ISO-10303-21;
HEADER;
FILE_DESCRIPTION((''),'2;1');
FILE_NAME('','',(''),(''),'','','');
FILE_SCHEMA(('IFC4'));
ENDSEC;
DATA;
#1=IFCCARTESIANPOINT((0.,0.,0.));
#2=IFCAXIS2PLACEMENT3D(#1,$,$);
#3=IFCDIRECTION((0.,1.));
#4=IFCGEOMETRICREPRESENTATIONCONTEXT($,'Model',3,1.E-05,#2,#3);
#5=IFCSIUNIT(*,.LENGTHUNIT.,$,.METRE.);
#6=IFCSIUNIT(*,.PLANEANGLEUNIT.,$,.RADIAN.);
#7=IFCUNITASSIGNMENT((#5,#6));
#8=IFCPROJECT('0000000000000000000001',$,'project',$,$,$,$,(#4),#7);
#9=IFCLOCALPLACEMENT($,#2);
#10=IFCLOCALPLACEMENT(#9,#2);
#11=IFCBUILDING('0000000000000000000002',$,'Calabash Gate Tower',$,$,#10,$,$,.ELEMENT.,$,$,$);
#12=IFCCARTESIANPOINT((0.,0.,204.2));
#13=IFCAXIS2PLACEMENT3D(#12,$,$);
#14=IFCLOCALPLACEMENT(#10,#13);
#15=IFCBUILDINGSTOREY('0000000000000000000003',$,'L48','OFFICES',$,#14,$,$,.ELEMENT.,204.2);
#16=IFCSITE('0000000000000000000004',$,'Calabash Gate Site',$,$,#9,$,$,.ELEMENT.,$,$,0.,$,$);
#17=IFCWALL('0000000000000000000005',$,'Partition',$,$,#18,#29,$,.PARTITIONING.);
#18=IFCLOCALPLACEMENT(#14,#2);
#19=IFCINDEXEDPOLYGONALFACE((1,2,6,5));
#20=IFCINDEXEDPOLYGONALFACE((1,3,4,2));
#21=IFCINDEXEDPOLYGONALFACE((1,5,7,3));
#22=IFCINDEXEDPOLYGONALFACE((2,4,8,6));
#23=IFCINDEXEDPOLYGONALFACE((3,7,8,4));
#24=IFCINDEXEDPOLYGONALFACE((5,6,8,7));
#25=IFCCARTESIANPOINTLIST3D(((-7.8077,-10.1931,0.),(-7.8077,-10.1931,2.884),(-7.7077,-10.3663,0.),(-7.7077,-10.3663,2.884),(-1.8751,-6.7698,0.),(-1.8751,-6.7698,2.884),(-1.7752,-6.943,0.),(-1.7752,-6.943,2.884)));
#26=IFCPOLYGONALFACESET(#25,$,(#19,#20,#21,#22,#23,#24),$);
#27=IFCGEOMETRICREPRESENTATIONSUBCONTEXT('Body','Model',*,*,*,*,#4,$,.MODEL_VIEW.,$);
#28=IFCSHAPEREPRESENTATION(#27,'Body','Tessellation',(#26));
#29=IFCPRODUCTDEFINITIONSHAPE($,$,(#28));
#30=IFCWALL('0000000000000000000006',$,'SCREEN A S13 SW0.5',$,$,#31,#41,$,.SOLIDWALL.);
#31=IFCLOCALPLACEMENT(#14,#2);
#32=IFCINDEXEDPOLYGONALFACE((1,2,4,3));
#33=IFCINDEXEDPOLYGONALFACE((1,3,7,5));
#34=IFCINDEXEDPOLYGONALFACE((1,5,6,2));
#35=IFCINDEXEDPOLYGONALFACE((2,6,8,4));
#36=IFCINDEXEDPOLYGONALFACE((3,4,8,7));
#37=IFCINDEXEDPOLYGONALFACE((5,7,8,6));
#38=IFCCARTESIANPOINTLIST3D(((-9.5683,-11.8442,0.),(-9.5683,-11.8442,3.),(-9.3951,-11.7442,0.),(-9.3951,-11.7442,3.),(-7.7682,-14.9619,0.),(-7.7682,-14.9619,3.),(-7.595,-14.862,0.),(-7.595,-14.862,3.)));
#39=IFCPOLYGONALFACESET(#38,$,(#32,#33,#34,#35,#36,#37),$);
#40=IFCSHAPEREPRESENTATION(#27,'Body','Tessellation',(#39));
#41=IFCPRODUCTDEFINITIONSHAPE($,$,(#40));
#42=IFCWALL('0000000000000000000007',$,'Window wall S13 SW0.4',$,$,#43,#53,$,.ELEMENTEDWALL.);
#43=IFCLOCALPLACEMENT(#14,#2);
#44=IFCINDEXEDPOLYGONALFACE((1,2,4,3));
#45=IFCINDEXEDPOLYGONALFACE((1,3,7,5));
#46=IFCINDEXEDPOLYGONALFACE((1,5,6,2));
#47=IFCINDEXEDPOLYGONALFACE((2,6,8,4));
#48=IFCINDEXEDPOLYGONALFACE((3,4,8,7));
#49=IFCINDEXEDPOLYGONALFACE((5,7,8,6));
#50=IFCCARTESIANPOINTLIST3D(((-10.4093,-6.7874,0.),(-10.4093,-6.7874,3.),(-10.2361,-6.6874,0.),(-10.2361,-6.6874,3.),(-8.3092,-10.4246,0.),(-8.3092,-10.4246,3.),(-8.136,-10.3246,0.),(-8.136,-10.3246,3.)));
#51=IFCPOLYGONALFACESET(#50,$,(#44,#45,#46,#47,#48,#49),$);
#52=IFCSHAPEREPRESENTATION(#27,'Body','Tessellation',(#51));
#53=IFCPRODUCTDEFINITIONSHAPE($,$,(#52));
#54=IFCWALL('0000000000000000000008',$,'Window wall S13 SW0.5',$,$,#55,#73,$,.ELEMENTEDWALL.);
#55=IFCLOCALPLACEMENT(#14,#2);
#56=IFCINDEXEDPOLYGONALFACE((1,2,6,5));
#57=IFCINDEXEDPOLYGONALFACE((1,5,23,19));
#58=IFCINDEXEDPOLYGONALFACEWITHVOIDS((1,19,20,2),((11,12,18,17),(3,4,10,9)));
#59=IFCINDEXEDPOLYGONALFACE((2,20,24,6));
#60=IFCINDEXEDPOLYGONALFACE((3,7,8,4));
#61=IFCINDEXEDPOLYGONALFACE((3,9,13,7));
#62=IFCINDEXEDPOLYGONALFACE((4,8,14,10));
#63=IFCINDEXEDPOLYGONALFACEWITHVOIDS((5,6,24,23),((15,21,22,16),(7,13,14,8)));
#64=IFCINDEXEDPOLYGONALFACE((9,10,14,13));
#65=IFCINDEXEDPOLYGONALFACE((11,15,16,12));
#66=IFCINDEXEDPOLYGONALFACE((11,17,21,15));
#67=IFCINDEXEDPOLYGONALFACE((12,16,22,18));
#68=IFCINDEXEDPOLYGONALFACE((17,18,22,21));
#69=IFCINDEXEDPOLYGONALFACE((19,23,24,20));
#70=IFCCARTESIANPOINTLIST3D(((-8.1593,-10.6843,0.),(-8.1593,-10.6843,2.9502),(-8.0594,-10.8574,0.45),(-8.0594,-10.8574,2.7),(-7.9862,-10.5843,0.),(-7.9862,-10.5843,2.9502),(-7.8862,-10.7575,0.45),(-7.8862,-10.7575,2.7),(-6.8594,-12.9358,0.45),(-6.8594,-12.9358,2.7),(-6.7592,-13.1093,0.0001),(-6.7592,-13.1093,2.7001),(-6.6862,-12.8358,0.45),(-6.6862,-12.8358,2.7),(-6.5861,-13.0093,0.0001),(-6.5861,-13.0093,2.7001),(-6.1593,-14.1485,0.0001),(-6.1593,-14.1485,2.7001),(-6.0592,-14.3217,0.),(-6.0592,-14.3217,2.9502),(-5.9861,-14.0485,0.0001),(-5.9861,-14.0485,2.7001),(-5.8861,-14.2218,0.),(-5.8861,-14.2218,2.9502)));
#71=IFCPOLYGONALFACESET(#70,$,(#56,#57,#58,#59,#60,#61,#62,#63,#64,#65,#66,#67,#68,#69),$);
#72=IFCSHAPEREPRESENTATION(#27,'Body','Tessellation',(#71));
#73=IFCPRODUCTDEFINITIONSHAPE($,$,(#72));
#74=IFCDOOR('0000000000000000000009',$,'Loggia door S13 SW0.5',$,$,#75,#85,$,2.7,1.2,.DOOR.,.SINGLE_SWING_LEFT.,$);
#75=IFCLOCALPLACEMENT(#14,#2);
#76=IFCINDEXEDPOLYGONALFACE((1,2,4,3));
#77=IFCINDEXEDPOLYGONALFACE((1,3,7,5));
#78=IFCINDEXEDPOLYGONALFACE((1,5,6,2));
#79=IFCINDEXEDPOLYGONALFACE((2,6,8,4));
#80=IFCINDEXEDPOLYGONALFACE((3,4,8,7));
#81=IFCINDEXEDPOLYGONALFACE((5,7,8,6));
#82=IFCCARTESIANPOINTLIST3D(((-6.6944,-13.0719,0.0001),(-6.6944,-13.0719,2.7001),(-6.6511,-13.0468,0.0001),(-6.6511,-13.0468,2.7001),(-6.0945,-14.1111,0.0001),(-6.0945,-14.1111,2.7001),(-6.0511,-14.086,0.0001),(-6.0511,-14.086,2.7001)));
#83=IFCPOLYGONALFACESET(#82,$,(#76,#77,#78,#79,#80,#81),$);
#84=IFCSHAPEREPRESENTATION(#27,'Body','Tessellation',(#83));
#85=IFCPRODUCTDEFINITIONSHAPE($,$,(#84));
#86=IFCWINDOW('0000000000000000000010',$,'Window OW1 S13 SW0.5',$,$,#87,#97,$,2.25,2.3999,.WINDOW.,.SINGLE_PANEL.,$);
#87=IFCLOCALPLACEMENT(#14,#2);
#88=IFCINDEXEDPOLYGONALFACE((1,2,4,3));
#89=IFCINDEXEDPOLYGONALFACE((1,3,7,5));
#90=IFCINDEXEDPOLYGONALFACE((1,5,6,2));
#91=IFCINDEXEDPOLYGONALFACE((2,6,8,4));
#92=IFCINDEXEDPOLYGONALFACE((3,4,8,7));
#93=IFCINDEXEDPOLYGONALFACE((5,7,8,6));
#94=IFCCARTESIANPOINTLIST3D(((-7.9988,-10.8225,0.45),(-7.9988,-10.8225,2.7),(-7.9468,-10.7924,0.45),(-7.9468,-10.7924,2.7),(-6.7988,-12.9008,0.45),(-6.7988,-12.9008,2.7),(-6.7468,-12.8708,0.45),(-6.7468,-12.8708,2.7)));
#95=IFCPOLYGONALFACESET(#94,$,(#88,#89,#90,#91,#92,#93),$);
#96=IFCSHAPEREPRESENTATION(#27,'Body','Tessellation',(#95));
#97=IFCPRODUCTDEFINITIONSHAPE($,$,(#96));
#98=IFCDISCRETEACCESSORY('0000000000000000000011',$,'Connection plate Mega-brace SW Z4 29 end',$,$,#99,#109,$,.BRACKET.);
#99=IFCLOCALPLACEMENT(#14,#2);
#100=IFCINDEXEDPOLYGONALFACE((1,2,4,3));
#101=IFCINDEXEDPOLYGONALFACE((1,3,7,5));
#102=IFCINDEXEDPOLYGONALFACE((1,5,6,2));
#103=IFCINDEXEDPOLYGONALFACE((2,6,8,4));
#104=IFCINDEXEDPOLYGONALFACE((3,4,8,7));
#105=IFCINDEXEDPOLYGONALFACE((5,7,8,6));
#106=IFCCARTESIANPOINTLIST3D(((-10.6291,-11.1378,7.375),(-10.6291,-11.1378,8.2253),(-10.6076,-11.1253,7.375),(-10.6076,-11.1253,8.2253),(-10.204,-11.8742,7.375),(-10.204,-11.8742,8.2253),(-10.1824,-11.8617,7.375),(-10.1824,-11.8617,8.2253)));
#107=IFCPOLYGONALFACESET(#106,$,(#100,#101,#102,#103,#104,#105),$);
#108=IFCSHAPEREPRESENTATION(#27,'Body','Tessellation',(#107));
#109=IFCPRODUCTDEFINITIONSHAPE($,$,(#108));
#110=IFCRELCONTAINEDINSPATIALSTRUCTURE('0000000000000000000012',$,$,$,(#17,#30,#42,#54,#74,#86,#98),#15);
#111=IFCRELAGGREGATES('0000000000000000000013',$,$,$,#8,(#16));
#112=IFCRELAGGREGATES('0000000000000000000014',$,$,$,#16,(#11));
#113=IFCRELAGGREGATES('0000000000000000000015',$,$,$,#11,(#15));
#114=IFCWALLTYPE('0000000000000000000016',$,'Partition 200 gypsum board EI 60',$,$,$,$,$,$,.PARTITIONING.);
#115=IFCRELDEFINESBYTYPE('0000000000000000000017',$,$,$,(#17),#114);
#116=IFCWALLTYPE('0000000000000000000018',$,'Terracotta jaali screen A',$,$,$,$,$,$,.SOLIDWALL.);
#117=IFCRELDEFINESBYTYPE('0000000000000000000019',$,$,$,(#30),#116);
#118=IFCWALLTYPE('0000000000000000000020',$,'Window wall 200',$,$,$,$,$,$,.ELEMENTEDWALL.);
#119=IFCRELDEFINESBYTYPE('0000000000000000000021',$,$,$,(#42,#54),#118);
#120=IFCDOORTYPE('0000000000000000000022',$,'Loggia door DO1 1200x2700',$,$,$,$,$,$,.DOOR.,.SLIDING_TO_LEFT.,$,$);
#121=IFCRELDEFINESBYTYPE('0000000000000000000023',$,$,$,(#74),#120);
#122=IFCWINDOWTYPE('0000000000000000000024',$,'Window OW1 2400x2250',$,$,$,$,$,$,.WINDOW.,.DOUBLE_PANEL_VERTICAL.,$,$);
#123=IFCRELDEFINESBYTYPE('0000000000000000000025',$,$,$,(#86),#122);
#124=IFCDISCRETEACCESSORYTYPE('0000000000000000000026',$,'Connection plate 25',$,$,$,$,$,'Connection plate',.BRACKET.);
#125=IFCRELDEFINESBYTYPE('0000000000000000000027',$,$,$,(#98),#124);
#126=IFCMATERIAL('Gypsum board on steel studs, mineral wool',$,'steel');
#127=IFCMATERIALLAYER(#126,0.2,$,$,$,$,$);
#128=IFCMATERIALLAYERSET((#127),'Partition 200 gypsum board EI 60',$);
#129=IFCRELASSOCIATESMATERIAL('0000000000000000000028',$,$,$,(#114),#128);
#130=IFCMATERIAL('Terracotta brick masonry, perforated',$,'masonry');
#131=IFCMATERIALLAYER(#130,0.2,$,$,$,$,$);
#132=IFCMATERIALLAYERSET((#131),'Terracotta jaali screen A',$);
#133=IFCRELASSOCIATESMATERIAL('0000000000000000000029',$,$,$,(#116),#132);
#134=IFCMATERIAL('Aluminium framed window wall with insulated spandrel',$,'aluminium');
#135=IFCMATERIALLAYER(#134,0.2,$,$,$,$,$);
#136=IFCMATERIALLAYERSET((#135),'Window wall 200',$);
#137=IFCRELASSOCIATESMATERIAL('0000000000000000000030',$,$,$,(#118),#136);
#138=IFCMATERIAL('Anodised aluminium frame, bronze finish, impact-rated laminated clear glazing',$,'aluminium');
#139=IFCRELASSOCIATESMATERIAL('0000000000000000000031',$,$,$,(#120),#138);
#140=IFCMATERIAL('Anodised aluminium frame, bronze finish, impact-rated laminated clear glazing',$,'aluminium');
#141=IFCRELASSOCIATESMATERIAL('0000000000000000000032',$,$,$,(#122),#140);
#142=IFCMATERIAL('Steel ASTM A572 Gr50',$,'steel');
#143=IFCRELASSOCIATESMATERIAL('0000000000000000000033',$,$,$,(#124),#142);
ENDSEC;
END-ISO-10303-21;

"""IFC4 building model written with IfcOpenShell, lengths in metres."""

from ifc_helpers import new_model, si_unit, direction, frame, frame_2d, origin, origin_2d, place, context, subcontext, project, spatial, rectangle, extrude, material, layer, layer_set, type_object, element, fill, save


model = new_model("IFC4")

# Units and contexts
model_context = context("Model", 3, precision=1e-05, world=origin(), true_north=direction((0.0, 1.0)))
body_context = subcontext(model_context, "Body", "Model", "MODEL_VIEW")
ifc_project = project(units=[si_unit("LENGTHUNIT", "METRE"), si_unit("PLANEANGLEUNIT", "RADIAN")], contexts=[model_context])

# Site, building, storey
site_placement = place(None, origin())
site = spatial("IfcSite", under=ifc_project, at=site_placement, Name="Calabash Gate Site", CompositionType="ELEMENT", RefElevation=0.0)
building_placement = place(site_placement, origin())
building = spatial("IfcBuilding", under=site, at=building_placement, Name="Calabash Gate Tower", CompositionType="ELEMENT")
storey_placement = place(building_placement, frame((0.0, 0.0, 204.2)))
storey = spatial("IfcBuildingStorey", under=building, at=storey_placement, Name="L48", Description="OFFICES", CompositionType="ELEMENT", Elevation=204.2)

# Shared definitions
ifc_material_1 = material(Name="Gypsum board on steel studs, mineral wool", Category="steel")
ifc_layer_1 = layer(ifc_material_1, 0.2)
ifc_layer_set_1 = layer_set([ifc_layer_1], Name="Partition 200 gypsum board EI 60")
wall_type_1 = type_object("IfcWallType", Name="Partition 200 gypsum board EI 60", PredefinedType="PARTITIONING", material=ifc_layer_set_1)

# Walls
wall_1_placement = place(storey_placement, frame((-7.7578, -10.2798, 0.0), z_axis=(0.0, 0.0, 1.0), x_axis=(0.866143, 0.499797, 0.0)))
element("IfcWall", 1, at=wall_1_placement, inside=storey, type_object=wall_type_1, Name="Partition", PredefinedType="PARTITIONING", context=body_context, shape_type="SweptSolid", body=[
    extrude(rectangle(XDim=6.8494, YDim=0.2, at=frame_2d((3.4248, 0.0))), origin(), (0.0, 0.0, 1.0), 2.884),
])
ifc_material_2 = material(Name="Terracotta brick masonry, perforated", Category="masonry")
ifc_layer_2 = layer(ifc_material_2, 0.2)
ifc_layer_set_2 = layer_set([ifc_layer_2], Name="Terracotta jaali screen A")
wall_type_2 = type_object("IfcWallType", Name="Terracotta jaali screen A", PredefinedType="SOLIDWALL", material=ifc_layer_set_2)
wall_2_placement = place(storey_placement, frame((-9.4817, -11.7942, 0.0), z_axis=(0.0, 0.0, 1.0), x_axis=(0.500012, -0.866018, 0.0)))
element("IfcWall", 2, at=wall_2_placement, inside=storey, type_object=wall_type_2, Name="SCREEN A S13 SW0.5", PredefinedType="SOLIDWALL", context=body_context, shape_type="SweptSolid", body=[
    extrude(rectangle(XDim=3.6001, YDim=0.2, at=frame_2d((1.8, 0.0))), origin(), (0.0, 0.0, 1.0), 3.0),
])
ifc_material_3 = material(Name="Aluminium framed window wall with insulated spandrel", Category="aluminium")
ifc_layer_3 = layer(ifc_material_3, 0.2)
ifc_layer_set_3 = layer_set([ifc_layer_3], Name="Window wall 200")
wall_type_3 = type_object("IfcWallType", Name="Window wall 200", PredefinedType="ELEMENTEDWALL", material=ifc_layer_set_3)
wall_3_placement = place(storey_placement, frame((-10.3228, -6.7373, 0.0), z_axis=(0.0, 0.0, 1.0), x_axis=(0.500028, -0.866009, 0.0)))
element("IfcWall", 3, at=wall_3_placement, inside=storey, type_object=wall_type_3, Name="Window wall S13 SW0.4", PredefinedType="ELEMENTEDWALL", context=body_context, shape_type="SweptSolid", body=[
    extrude(rectangle(XDim=4.2, YDim=0.2, at=frame_2d((2.1001, 0.0))), origin(), (0.0, 0.0, 1.0), 3.0),
])

# Wall, openings, door, window
wall_4_placement = place(storey_placement, frame((-8.0728, -10.6343, 0.0), z_axis=(0.0, 0.0, 1.0), x_axis=(0.500003, -0.866024, 0.0)))
wall_4 = element("IfcWall", 4, at=wall_4_placement, inside=storey, type_object=wall_type_3, Name="Window wall S13 SW0.5", PredefinedType="ELEMENTEDWALL", context=body_context, shape_type="SweptSolid", body=[
    extrude(rectangle(XDim=4.2002, YDim=0.2, at=frame_2d((2.1001, 0.0))), origin(), (0.0, 0.0, 1.0), 2.9502),
])
opening_1_placement = place(wall_4_placement, frame((0.2, 0.0, 0.45)))
opening_1 = element("IfcOpeningElement", 5, at=opening_1_placement, cuts=wall_4, PredefinedType="OPENING", context=body_context, shape_type="SweptSolid", body=[
    extrude(rectangle(XDim=2.3999, YDim=2.25, at=frame_2d((1.2, 1.125))), frame((0.0, 0.1099, 0.0), z_axis=(0.0, -1.0, 0.0), x_axis=(1.0, 0.0, 0.0)), (0.0, 0.0, 1.0), 0.22),
])
opening_2_placement = place(wall_4_placement, frame((2.8, 0.0, 0.0)))
opening_2 = element("IfcOpeningElement", 6, at=opening_2_placement, cuts=wall_4, PredefinedType="OPENING", context=body_context, shape_type="SweptSolid", body=[
    extrude(rectangle(XDim=1.2, YDim=2.7, at=frame_2d((0.6001, 1.3501))), frame((0.0, 0.1099, 0.0), z_axis=(0.0, -1.0, 0.0), x_axis=(1.0, 0.0, 0.0)), (0.0, 0.0, 1.0), 0.22),
])
ifc_material_4 = material(Name="Anodised aluminium frame, bronze finish, impact-rated laminated clear glazing", Category="aluminium")
door_type_1 = type_object("IfcDoorType", Name="Loggia door DO1 1200x2700", OperationType="SLIDING_TO_LEFT", PredefinedType="DOOR", material=ifc_material_4)
door_1_placement = place(opening_2_placement, origin())
door_1 = element("IfcDoor", 7, at=door_1_placement, inside=storey, type_object=door_type_1, Name="Loggia door S13 SW0.5", OperationType="SINGLE_SWING_LEFT", OverallHeight=2.7, OverallWidth=1.2, PredefinedType="DOOR", context=body_context, shape_type="SweptSolid", body=[
    extrude(rectangle(XDim=1.2, YDim=2.7, at=frame_2d((0.6001, 1.3501))), frame((0.0, 0.0249, 0.0), z_axis=(0.0, -1.0, 0.0), x_axis=(1.0, 0.0, 0.0)), (0.0, 0.0, 1.0), 0.05),
])
fill(opening_2, door_1)
ifc_material_5 = material(Name="Anodised aluminium frame, bronze finish, impact-rated laminated clear glazing", Category="aluminium")
window_type = type_object("IfcWindowType", Name="Window OW1 2400x2250", PartitioningType="DOUBLE_PANEL_VERTICAL", PredefinedType="WINDOW", material=ifc_material_5)
window_placement = place(opening_1_placement, origin())
window = element("IfcWindow", 8, at=window_placement, inside=storey, type_object=window_type, Name="Window OW1 S13 SW0.5", OverallHeight=2.25, OverallWidth=2.3999, PartitioningType="SINGLE_PANEL", PredefinedType="WINDOW", context=body_context, shape_type="SweptSolid", body=[
    extrude(rectangle(XDim=2.3999, YDim=2.25, at=frame_2d((1.2, 1.125))), frame((0.0, 0.03, 0.0), z_axis=(0.0, -1.0, 0.0), x_axis=(1.0, 0.0, 0.0)), (0.0, 0.0, 1.0), 0.0601),
])
fill(opening_1, window)

# Discrete accessory
ifc_material_6 = material(Name="Steel ASTM A572 Gr50", Category="steel")
discrete_accessory_type = type_object("IfcDiscreteAccessoryType", Name="Connection plate 25", ElementType="Connection plate", PredefinedType="BRACKET", material=ifc_material_6)
discrete_accessory_placement = place(storey_placement, frame((-10.4058, -11.4998, 7.375), z_axis=(0.0, 0.0, 1.0), x_axis=(0.5, -0.866025, 0.0)))
element("IfcDiscreteAccessory", 9, at=discrete_accessory_placement, inside=storey, type_object=discrete_accessory_type, Name="Connection plate Mega-brace SW Z4 29 end", PredefinedType="BRACKET", context=body_context, shape_type="SweptSolid", body=[
    extrude(rectangle(XDim=0.8503, YDim=0.0249, at=origin_2d()), origin(), (0.0, 0.0, 1.0), 0.8503),
])

save(model, "model.ifc")
